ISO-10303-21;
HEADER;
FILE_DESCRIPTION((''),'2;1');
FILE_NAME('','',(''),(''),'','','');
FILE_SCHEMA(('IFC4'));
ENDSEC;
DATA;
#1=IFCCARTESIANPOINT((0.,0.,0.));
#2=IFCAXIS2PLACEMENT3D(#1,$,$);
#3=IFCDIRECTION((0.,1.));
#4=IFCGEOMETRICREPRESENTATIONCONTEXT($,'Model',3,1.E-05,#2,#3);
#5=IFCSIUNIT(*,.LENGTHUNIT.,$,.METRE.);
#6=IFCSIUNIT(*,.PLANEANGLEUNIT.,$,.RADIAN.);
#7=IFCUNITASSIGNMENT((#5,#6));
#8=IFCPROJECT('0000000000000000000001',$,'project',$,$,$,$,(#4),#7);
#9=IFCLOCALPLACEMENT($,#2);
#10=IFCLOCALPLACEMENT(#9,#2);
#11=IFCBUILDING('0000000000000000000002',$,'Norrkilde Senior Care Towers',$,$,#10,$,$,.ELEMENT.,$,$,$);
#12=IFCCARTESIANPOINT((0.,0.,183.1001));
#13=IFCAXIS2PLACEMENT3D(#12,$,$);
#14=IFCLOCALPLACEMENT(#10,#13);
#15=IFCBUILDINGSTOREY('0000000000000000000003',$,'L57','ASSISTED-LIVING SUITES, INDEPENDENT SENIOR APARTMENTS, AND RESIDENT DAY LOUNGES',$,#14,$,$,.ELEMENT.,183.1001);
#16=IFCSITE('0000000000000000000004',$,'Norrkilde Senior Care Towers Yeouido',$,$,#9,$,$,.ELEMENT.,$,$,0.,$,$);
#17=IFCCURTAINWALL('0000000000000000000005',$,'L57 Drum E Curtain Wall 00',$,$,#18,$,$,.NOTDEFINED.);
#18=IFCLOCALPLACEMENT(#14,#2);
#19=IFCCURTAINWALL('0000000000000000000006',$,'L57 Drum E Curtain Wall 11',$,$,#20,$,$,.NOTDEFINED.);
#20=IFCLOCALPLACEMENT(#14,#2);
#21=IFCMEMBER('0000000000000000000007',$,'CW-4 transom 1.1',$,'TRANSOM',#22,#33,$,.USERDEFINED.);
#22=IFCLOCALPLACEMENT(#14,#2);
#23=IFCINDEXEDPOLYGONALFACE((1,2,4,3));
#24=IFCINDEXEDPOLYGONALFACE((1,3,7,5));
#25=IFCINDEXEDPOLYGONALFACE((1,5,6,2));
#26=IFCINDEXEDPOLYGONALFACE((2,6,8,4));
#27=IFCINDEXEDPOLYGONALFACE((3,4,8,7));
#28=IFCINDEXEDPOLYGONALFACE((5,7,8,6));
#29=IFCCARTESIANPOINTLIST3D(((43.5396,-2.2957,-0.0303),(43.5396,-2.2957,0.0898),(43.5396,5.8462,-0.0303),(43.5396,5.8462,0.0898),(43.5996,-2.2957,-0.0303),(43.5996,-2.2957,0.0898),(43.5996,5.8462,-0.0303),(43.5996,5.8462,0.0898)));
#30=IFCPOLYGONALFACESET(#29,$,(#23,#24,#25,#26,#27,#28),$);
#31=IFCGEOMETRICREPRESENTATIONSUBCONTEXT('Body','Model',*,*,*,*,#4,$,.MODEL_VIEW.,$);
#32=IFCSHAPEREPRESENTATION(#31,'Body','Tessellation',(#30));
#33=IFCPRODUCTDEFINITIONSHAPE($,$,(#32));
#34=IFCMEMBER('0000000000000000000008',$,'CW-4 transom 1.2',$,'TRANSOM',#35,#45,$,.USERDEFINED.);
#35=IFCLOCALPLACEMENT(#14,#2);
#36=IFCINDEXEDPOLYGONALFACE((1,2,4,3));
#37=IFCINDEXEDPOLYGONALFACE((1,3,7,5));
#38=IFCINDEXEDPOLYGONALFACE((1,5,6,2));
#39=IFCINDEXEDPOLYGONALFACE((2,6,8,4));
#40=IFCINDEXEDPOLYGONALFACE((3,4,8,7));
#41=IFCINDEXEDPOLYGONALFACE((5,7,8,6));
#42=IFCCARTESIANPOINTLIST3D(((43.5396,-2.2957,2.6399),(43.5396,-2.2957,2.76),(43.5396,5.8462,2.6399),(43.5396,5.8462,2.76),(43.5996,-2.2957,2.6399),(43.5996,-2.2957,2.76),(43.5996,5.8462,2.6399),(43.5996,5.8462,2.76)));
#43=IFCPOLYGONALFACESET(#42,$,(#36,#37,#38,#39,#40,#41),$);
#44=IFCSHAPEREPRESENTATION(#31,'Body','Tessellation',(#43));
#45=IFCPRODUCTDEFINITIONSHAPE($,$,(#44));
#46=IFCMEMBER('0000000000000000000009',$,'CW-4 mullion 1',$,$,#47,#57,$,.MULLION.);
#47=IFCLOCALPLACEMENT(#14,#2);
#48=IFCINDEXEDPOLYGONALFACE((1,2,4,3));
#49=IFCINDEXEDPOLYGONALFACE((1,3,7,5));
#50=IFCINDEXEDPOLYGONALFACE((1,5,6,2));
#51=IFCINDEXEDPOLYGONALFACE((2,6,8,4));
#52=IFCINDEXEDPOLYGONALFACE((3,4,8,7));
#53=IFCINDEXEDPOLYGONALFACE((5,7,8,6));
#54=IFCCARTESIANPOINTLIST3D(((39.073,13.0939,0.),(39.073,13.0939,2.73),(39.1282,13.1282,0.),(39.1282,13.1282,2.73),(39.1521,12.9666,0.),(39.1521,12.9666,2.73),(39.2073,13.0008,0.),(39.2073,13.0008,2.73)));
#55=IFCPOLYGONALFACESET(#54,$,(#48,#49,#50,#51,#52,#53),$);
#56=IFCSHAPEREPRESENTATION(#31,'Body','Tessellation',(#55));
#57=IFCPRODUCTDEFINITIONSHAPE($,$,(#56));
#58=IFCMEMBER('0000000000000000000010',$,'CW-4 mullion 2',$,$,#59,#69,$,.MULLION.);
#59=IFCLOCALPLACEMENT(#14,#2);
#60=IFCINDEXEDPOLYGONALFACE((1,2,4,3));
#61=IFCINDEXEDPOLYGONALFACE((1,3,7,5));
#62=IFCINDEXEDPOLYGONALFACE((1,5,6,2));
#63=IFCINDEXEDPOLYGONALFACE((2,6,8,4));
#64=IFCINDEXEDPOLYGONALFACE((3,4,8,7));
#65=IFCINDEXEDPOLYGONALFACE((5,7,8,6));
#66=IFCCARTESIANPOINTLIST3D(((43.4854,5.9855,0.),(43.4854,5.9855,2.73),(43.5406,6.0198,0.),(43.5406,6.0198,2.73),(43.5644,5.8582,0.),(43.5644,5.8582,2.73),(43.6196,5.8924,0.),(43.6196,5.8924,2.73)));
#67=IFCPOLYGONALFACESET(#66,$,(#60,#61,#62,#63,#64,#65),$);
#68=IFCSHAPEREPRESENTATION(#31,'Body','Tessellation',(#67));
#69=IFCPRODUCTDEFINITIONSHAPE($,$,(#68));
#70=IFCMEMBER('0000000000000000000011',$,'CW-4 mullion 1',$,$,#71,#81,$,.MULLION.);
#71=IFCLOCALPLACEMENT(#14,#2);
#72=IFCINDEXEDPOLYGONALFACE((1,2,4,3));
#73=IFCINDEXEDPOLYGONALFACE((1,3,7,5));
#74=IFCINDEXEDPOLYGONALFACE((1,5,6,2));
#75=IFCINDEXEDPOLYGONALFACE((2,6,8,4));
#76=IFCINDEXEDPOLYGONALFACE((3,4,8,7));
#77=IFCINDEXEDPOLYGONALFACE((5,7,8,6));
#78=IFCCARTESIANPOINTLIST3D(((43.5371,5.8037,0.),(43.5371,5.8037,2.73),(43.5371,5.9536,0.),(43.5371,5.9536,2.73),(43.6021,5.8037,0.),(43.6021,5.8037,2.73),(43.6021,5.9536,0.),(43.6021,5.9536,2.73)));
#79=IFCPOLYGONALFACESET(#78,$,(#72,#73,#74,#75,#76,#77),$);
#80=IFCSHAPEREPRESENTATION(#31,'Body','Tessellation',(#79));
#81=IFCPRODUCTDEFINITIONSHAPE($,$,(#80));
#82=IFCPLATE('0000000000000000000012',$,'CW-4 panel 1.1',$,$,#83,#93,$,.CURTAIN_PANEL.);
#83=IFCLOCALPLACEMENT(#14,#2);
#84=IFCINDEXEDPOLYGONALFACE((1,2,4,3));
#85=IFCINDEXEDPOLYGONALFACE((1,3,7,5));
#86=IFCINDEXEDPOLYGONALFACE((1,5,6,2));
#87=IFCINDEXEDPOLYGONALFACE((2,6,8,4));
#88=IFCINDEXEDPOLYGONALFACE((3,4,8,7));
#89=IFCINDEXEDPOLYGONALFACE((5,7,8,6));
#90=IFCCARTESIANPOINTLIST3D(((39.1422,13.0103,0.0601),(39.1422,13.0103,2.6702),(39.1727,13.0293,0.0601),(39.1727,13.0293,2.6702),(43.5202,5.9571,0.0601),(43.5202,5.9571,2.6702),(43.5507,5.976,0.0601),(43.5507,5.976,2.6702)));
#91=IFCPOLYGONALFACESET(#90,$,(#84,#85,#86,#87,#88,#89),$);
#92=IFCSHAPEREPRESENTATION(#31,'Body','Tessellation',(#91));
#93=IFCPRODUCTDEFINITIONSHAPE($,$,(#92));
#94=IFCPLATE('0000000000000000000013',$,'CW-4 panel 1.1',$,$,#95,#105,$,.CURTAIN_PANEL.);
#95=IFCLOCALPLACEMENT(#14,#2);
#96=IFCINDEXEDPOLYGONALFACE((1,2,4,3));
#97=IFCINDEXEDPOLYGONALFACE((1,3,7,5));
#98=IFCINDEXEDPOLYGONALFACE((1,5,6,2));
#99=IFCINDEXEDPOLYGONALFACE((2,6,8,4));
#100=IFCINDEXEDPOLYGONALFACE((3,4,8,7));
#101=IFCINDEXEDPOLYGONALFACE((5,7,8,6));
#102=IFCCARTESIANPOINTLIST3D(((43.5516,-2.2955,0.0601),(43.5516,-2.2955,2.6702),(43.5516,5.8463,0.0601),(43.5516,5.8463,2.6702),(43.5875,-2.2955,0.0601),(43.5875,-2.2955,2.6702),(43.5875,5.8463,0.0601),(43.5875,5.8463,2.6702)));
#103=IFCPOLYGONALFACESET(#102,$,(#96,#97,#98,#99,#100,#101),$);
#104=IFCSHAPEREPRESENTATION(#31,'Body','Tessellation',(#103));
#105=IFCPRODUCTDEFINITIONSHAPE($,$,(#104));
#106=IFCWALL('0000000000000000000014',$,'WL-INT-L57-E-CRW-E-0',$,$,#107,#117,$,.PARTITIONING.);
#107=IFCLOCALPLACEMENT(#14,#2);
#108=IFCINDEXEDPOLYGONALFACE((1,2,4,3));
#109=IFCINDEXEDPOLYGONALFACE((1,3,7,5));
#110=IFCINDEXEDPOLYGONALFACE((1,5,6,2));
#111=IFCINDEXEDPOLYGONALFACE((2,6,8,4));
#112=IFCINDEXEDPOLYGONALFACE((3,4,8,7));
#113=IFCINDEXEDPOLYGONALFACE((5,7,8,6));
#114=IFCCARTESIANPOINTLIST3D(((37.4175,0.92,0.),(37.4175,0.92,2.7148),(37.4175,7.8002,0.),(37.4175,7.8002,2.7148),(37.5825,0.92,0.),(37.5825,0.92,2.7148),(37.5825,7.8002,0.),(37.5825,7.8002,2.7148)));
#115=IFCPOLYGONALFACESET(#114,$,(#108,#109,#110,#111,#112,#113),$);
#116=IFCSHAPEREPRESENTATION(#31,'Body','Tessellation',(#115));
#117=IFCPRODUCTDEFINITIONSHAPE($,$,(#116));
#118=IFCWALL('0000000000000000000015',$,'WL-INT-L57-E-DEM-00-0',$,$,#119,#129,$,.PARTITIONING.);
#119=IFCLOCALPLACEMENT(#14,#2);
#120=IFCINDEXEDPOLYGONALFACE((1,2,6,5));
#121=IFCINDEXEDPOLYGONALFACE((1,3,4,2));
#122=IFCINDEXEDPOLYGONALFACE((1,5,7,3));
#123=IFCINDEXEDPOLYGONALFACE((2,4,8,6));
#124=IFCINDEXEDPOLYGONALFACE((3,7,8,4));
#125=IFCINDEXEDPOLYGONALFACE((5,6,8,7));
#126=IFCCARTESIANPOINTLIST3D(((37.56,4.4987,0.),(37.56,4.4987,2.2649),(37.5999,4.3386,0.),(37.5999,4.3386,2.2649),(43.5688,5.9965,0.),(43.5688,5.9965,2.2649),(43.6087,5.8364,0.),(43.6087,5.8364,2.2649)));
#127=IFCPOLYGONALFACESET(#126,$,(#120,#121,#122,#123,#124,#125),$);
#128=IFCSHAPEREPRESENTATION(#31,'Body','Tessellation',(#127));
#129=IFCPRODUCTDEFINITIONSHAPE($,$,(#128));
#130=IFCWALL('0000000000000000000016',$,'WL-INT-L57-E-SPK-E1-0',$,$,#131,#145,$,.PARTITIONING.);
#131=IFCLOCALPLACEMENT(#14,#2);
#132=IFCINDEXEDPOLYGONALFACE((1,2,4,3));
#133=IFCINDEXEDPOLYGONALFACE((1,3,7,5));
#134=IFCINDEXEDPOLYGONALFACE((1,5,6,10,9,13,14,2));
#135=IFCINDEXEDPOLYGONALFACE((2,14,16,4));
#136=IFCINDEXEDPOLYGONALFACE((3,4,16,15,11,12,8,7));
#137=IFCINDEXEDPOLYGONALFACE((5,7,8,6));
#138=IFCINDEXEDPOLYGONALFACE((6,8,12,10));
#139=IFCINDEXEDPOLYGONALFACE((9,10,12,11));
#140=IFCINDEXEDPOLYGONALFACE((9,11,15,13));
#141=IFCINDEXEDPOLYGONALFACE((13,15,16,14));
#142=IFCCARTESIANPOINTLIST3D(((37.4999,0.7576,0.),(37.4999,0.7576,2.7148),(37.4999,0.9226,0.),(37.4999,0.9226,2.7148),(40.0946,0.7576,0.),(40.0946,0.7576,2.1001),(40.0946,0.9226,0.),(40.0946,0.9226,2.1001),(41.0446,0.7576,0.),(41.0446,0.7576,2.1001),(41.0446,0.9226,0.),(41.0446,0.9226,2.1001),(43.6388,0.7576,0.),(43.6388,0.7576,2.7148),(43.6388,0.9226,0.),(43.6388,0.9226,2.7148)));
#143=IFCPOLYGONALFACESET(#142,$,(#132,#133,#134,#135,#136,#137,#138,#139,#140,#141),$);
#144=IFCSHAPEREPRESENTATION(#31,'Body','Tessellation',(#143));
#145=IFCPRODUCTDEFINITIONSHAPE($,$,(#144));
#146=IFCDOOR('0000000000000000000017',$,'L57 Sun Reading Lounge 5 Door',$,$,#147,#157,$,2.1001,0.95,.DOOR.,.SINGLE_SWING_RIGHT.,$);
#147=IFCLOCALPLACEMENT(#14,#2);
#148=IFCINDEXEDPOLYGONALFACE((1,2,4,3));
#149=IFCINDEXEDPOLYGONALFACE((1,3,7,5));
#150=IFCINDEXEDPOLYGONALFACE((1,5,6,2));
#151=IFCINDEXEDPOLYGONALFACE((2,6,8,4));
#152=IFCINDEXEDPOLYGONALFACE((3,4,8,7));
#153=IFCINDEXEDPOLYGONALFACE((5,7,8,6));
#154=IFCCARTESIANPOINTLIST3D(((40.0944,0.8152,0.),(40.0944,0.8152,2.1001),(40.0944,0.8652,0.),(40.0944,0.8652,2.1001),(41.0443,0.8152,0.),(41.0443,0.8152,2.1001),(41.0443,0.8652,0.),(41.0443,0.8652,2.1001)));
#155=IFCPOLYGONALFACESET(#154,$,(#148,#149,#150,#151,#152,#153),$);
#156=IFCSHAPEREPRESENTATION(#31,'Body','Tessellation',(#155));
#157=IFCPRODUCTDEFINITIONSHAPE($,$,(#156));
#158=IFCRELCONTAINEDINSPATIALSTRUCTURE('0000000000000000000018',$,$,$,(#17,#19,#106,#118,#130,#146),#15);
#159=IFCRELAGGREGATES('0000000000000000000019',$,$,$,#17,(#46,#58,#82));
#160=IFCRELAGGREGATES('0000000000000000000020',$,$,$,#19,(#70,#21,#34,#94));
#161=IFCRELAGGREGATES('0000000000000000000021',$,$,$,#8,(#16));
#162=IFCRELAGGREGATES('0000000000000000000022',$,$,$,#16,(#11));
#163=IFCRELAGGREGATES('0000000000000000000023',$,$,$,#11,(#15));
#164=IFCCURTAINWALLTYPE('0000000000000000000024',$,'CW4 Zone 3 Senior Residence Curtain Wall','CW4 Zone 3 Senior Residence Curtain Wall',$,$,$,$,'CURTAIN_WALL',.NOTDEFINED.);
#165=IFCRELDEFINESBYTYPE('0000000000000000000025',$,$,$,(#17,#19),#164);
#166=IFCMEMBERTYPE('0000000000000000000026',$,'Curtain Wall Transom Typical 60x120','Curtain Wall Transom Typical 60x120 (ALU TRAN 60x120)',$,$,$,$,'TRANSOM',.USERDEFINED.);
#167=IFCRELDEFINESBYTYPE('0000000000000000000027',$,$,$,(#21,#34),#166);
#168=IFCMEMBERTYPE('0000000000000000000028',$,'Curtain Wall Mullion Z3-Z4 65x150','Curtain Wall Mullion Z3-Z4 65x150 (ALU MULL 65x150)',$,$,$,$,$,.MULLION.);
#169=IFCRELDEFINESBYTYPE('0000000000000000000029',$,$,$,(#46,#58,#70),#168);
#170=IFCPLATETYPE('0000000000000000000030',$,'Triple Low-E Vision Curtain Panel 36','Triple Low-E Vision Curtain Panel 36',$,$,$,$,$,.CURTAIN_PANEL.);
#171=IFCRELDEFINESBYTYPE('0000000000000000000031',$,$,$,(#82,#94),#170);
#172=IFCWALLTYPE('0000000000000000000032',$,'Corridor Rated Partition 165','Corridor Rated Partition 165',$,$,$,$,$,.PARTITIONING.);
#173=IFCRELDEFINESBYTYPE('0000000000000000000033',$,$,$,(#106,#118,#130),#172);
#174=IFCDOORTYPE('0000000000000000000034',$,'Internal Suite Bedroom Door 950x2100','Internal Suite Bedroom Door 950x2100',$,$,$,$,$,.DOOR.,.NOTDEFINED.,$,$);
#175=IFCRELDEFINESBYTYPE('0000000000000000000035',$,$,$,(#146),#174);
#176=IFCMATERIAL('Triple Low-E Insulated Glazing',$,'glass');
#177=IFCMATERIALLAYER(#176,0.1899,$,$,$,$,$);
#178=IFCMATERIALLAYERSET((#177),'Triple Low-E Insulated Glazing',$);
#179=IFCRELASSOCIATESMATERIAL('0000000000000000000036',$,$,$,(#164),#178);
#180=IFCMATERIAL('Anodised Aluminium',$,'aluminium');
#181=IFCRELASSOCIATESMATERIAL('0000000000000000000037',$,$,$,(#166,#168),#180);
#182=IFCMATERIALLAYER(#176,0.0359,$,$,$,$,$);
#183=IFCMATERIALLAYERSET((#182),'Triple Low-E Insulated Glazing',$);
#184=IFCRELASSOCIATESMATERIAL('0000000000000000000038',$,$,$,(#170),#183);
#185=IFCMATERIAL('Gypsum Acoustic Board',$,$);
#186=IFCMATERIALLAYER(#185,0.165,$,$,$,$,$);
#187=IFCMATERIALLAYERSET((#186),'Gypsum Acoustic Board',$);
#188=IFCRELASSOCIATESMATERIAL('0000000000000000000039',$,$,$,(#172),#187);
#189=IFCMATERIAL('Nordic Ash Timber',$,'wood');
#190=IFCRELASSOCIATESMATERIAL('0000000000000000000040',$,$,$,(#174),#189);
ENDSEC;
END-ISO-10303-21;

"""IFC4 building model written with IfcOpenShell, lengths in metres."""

from ifc_helpers import new_model, si_unit, direction, frame, frame_2d, origin, origin_2d, place, context, subcontext, project, spatial, rectangle, extrude, source, transform, mapped, material, layer, layer_set, material_profile, profile_set, type_object, type_shapes, element, fill, aggregate, save


model = new_model("IFC4")

# Units and contexts
model_context = context("Model", 3, precision=1e-05, world=origin(), true_north=direction((0.0, 1.0)))
body_context = subcontext(model_context, "Body", "Model", "MODEL_VIEW")
ifc_project = project(units=[si_unit("LENGTHUNIT", "METRE"), si_unit("PLANEANGLEUNIT", "RADIAN")], contexts=[model_context])

# Site, building, storey
site_placement = place(None, origin())
site = spatial("IfcSite", under=ifc_project, at=site_placement, Name="Norrkilde Senior Care Towers Yeouido", CompositionType="ELEMENT", RefElevation=0.0)
building_placement = place(site_placement, origin())
building = spatial("IfcBuilding", under=site, at=building_placement, Name="Norrkilde Senior Care Towers", CompositionType="ELEMENT")
storey_placement = place(building_placement, frame((0.0, 0.0, 183.1001)))
storey = spatial("IfcBuildingStorey", under=building, at=storey_placement, Name="L57", Description="ASSISTED-LIVING SUITES, INDEPENDENT SENIOR APARTMENTS, AND RESIDENT DAY LOUNGES", CompositionType="ELEMENT", Elevation=183.1001)

# Curtain walls, members
ifc_material_1 = material(Name="Triple Low-E Insulated Glazing", Category="glass")
ifc_layer_1 = layer(ifc_material_1, 0.1899)
ifc_layer_set_1 = layer_set([ifc_layer_1], Name="Triple Low-E Insulated Glazing")
curtain_wall_type = type_object("IfcCurtainWallType", Name="CW4 Zone 3 Senior Residence Curtain Wall", Description="CW4 Zone 3 Senior Residence Curtain Wall", ElementType="CURTAIN_WALL", PredefinedType="NOTDEFINED", material=ifc_layer_set_1)
curtain_wall_1_placement = place(storey_placement, origin())
curtain_wall_1 = element("IfcCurtainWall", 1, at=curtain_wall_1_placement, inside=storey, type_object=curtain_wall_type, Name="L57 Drum E Curtain Wall 00", PredefinedType="NOTDEFINED")
ifc_material_2 = material(Name="Anodised Aluminium", Category="aluminium")
ifc_material_profile_1 = material_profile(ifc_material_2, rectangle(XDim=0.0601, YDim=0.1201, at=origin_2d()), Name="ALU TRAN 60x120")
ifc_profile_set_1 = profile_set([ifc_material_profile_1], Name="Anodised Aluminium")
member_type_1 = type_object("IfcMemberType", Name="Curtain Wall Transom Typical 60x120", Description="Curtain Wall Transom Typical 60x120 (ALU TRAN 60x120)", ElementType="TRANSOM", PredefinedType="USERDEFINED", material=ifc_profile_set_1)
curtain_wall_2_placement = place(storey_placement, origin())
curtain_wall_2 = element("IfcCurtainWall", 2, at=curtain_wall_2_placement, inside=storey, type_object=curtain_wall_type, Name="L57 Drum E Curtain Wall 11", PredefinedType="NOTDEFINED")
shared_shape_1 = source(origin(), body_context, "Body", "SweptSolid", [
    extrude(rectangle(XDim=0.0601, YDim=0.1201, at=origin_2d()), origin(), (0.0, 0.0, 1.0), 8.1418),
])
member_1_placement = place(storey_placement, frame((43.5696, 5.8462, 0.0298), z_axis=(0.0, -1.0, 0.0), x_axis=(1.0, 0.0, 0.0)))
member_1 = element("IfcMember", 3, at=member_1_placement, type_object=member_type_1, Name="CW-4 transom 1.1", ObjectType="TRANSOM", PredefinedType="USERDEFINED", context=body_context, shape_type="MappedRepresentation", body=[
    mapped(shared_shape_1, transform((0.0, 0.0, 0.0), x_axis=(1.0, 0.0, 0.0), y_axis=(0.0, 1.0, 0.0), z_axis=(0.0, 0.0, 1.0), scale=1.0)),
])
member_2_placement = place(storey_placement, frame((43.5696, 5.8462, 2.7), z_axis=(0.0, -1.0, 0.0), x_axis=(1.0, 0.0, 0.0)))
member_2 = element("IfcMember", 4, at=member_2_placement, type_object=member_type_1, Name="CW-4 transom 1.2", ObjectType="TRANSOM", PredefinedType="USERDEFINED", context=body_context, shape_type="MappedRepresentation", body=[
    mapped(shared_shape_1, transform((0.0, 0.0, 0.0), x_axis=(1.0, 0.0, 0.0), y_axis=(0.0, 1.0, 0.0), z_axis=(0.0, 0.0, 1.0), scale=1.0)),
])

# Members
ifc_material_profile_2 = material_profile(ifc_material_2, rectangle(XDim=0.0649, YDim=0.1499, at=origin_2d()), Name="ALU MULL 65x150")
ifc_profile_set_2 = profile_set([ifc_material_profile_2], Name="Anodised Aluminium")
member_type_2 = type_object("IfcMemberType", Name="Curtain Wall Mullion Z3-Z4 65x150", Description="Curtain Wall Mullion Z3-Z4 65x150 (ALU MULL 65x150)", PredefinedType="MULLION", material=ifc_profile_set_2)
shared_shape_2 = source(origin(), body_context, "Body", "SweptSolid", [
    extrude(rectangle(XDim=0.0649, YDim=0.1499, at=origin_2d()), origin(), (0.0, 0.0, 1.0), 2.73),
])
type_shapes(member_type_2, [shared_shape_2])
member_3_placement = place(storey_placement, frame((39.1401, 13.0474, 0.0), z_axis=(0.0, 0.0, 1.0), x_axis=(0.849634, 0.527373, 0.0)))
member_3 = element("IfcMember", 5, at=member_3_placement, type_object=member_type_2, Name="CW-4 mullion 1", PredefinedType="MULLION", context=body_context, shape_type="MappedRepresentation", body=[
    mapped(shared_shape_2, transform((0.0, 0.0, 0.0), x_axis=(1.0, 0.0, 0.0), y_axis=(0.0, 1.0, 0.0), z_axis=(0.0, 0.0, 1.0), scale=1.0)),
])
member_4_placement = place(storey_placement, frame((43.5525, 5.939, 0.0), z_axis=(0.0, 0.0, 1.0), x_axis=(0.849634, 0.527373, 0.0)))
member_4 = element("IfcMember", 6, at=member_4_placement, type_object=member_type_2, Name="CW-4 mullion 2", PredefinedType="MULLION", context=body_context, shape_type="MappedRepresentation", body=[
    mapped(shared_shape_2, transform((0.0, 0.0, 0.0), x_axis=(1.0, 0.0, 0.0), y_axis=(0.0, 1.0, 0.0), z_axis=(0.0, 0.0, 1.0), scale=1.0)),
])
member_5_placement = place(storey_placement, frame((43.5696, 5.8787, 0.0), z_axis=(0.0, 0.0, 1.0), x_axis=(1.0, 0.0, 0.0)))
member_5 = element("IfcMember", 7, at=member_5_placement, type_object=member_type_2, Name="CW-4 mullion 1", PredefinedType="MULLION", context=body_context, shape_type="MappedRepresentation", body=[
    mapped(shared_shape_2, transform((0.0, 0.0, 0.0), x_axis=(1.0, 0.0, 0.0), y_axis=(0.0, 1.0, 0.0), z_axis=(0.0, 0.0, 1.0), scale=1.0)),
])

# Plates
ifc_layer_2 = layer(ifc_material_1, 0.0359)
ifc_layer_set_2 = layer_set([ifc_layer_2], Name="Triple Low-E Insulated Glazing")
plate_type = type_object("IfcPlateType", Name="Triple Low-E Vision Curtain Panel 36", Description="Triple Low-E Vision Curtain Panel 36", PredefinedType="CURTAIN_PANEL", material=ifc_layer_set_2)
shared_shape_3 = source(origin(), body_context, "Body", "SweptSolid", [
    extrude(rectangle(XDim=8.3015, YDim=0.0359, at=origin_2d()), origin(), (0.0, 0.0, 1.0), 2.6101),
])
plate_1_placement = place(storey_placement, frame((41.3464, 9.4932, 0.0601), z_axis=(0.0, 0.0, 1.0), x_axis=(0.527373, -0.849634, 0.0)))
plate_1 = element("IfcPlate", 8, at=plate_1_placement, type_object=plate_type, Name="CW-4 panel 1.1", PredefinedType="CURTAIN_PANEL", context=body_context, shape_type="MappedRepresentation", body=[
    mapped(shared_shape_3, transform((0.0, 0.0, 0.0), x_axis=(1.0, 0.0, 0.0), y_axis=(0.0, 1.0, 0.0), z_axis=(0.0, 0.0, 1.0), scale=1.0)),
])
aggregate(curtain_wall_1, [member_3, member_4, plate_1])
shared_shape_4 = source(origin(), body_context, "Body", "SweptSolid", [
    extrude(rectangle(XDim=8.1418, YDim=0.0359, at=origin_2d()), origin(), (0.0, 0.0, 1.0), 2.6101),
])
type_shapes(plate_type, [shared_shape_3, shared_shape_4])
plate_2_placement = place(storey_placement, frame((43.5696, 1.7754, 0.0601), z_axis=(0.0, 0.0, 1.0), x_axis=(0.0, -1.0, 0.0)))
plate_2 = element("IfcPlate", 9, at=plate_2_placement, type_object=plate_type, Name="CW-4 panel 1.1", PredefinedType="CURTAIN_PANEL", context=body_context, shape_type="MappedRepresentation", body=[
    mapped(shared_shape_4, transform((0.0, 0.0, 0.0), x_axis=(1.0, 0.0, 0.0), y_axis=(0.0, 1.0, 0.0), z_axis=(0.0, 0.0, 1.0), scale=1.0)),
])
aggregate(curtain_wall_2, [member_5, member_1, member_2, plate_2])

# Walls
ifc_material_3 = material(Name="Gypsum Acoustic Board")
ifc_layer_3 = layer(ifc_material_3, 0.165)
ifc_layer_set_3 = layer_set([ifc_layer_3], Name="Gypsum Acoustic Board")
wall_type_1 = type_object("IfcWallType", Name="Corridor Rated Partition 165", Description="Corridor Rated Partition 165", PredefinedType="PARTITIONING", material=ifc_layer_set_3)
shared_shape_5 = source(origin(), body_context, "Body", "SweptSolid", [
    extrude(rectangle(XDim=6.8801, YDim=0.165, at=frame_2d((3.4399, 0.0))), origin(), (0.0, 0.0, 1.0), 2.7148),
])
wall_1_placement = place(storey_placement, frame((37.5, 7.8, 0.0), z_axis=(0.0, 0.0, 1.0), x_axis=(0.0, -1.0, 0.0)))
element("IfcWall", 10, at=wall_1_placement, inside=storey, type_object=wall_type_1, Name="WL-INT-L57-E-CRW-E-0", PredefinedType="PARTITIONING", context=body_context, shape_type="MappedRepresentation", body=[
    mapped(shared_shape_5, transform((0.0, 0.0, 0.0), x_axis=(1.0, 0.0, 0.0), y_axis=(0.0, 1.0, 0.0), z_axis=(0.0, 0.0, 1.0), scale=1.0)),
])
shared_shape_6 = source(origin(), body_context, "Body", "SweptSolid", [
    extrude(rectangle(XDim=6.1926, YDim=0.165, at=frame_2d((3.0962, 0.0))), origin(), (0.0, 0.0, 1.0), 2.2649),
])
wall_2_placement = place(storey_placement, frame((37.5801, 4.4187, 0.0), z_axis=(0.0, 0.0, 1.0), x_axis=(0.970309, 0.241868, 0.0)))
element("IfcWall", 11, at=wall_2_placement, inside=storey, type_object=wall_type_1, Name="WL-INT-L57-E-DEM-00-0", PredefinedType="PARTITIONING", context=body_context, shape_type="MappedRepresentation", body=[
    mapped(shared_shape_6, transform((0.0, 0.0, 0.0), x_axis=(1.0, 0.0, 0.0), y_axis=(0.0, 1.0, 0.0), z_axis=(0.0, 0.0, 1.0), scale=1.0)),
])

# Wall, opening, door
shared_shape_7 = source(origin(), body_context, "Body", "SweptSolid", [
    extrude(rectangle(XDim=6.1389, YDim=0.165, at=frame_2d((3.0693, 0.0))), origin(), (0.0, 0.0, 1.0), 2.7148),
])
type_shapes(wall_type_1, [shared_shape_5, shared_shape_6, shared_shape_7])
wall_3_placement = place(storey_placement, frame((37.5, 0.8401, 0.0), z_axis=(0.0, 0.0, 1.0), x_axis=(1.0, 0.0, 0.0)))
wall_3 = element("IfcWall", 12, at=wall_3_placement, inside=storey, type_object=wall_type_1, Name="WL-INT-L57-E-SPK-E1-0", PredefinedType="PARTITIONING", context=body_context, shape_type="MappedRepresentation", body=[
    mapped(shared_shape_7, transform((0.0, 0.0, 0.0), x_axis=(1.0, 0.0, 0.0), y_axis=(0.0, 1.0, 0.0), z_axis=(0.0, 0.0, 1.0), scale=1.0)),
])
opening_1_placement = place(wall_3_placement, frame((2.5945, 0.0, 0.0)))
opening_1 = element("IfcOpeningElement", 13, at=opening_1_placement, cuts=wall_3, PredefinedType="OPENING", context=body_context, shape_type="SweptSolid", body=[
    extrude(rectangle(XDim=0.95, YDim=2.1001, at=frame_2d((0.4751, 1.05))), frame((0.0, 0.0925, 0.0), z_axis=(0.0, -1.0, 0.0), x_axis=(1.0, 0.0, 0.0)), (0.0, 0.0, 1.0), 0.1851),
])
ifc_material_4 = material(Name="Nordic Ash Timber", Category="wood")
door_type_1 = type_object("IfcDoorType", Name="Internal Suite Bedroom Door 950x2100", Description="Internal Suite Bedroom Door 950x2100", OperationType="NOTDEFINED", PredefinedType="DOOR", material=ifc_material_4)
shared_shape_8 = source(origin(), body_context, "Body", "SweptSolid", [
    extrude(rectangle(XDim=0.95, YDim=2.1001, at=frame_2d((0.4751, 1.05))), frame((0.0, 0.0249, 0.0), z_axis=(0.0, -1.0, 0.0), x_axis=(1.0, 0.0, 0.0)), (0.0, 0.0, 1.0), 0.05),
])
type_shapes(door_type_1, [shared_shape_8])
door_1_placement = place(opening_1_placement, frame((0.95, 0.0, 0.0), z_axis=(0.0, 0.0, 1.0), x_axis=(-1.0, 0.0, 0.0)))
door_1 = element("IfcDoor", 14, at=door_1_placement, inside=storey, type_object=door_type_1, Name="L57 Sun Reading Lounge 5 Door", OperationType="SINGLE_SWING_RIGHT", OverallHeight=2.1001, OverallWidth=0.95, PredefinedType="DOOR", context=body_context, shape_type="MappedRepresentation", body=[
    mapped(shared_shape_8, transform((0.0, 0.0, 0.0), x_axis=(1.0, 0.0, 0.0), y_axis=(0.0, 1.0, 0.0), z_axis=(0.0, 0.0, 1.0), scale=1.0)),
])
fill(opening_1, door_1)

save(model, "model.ifc")
